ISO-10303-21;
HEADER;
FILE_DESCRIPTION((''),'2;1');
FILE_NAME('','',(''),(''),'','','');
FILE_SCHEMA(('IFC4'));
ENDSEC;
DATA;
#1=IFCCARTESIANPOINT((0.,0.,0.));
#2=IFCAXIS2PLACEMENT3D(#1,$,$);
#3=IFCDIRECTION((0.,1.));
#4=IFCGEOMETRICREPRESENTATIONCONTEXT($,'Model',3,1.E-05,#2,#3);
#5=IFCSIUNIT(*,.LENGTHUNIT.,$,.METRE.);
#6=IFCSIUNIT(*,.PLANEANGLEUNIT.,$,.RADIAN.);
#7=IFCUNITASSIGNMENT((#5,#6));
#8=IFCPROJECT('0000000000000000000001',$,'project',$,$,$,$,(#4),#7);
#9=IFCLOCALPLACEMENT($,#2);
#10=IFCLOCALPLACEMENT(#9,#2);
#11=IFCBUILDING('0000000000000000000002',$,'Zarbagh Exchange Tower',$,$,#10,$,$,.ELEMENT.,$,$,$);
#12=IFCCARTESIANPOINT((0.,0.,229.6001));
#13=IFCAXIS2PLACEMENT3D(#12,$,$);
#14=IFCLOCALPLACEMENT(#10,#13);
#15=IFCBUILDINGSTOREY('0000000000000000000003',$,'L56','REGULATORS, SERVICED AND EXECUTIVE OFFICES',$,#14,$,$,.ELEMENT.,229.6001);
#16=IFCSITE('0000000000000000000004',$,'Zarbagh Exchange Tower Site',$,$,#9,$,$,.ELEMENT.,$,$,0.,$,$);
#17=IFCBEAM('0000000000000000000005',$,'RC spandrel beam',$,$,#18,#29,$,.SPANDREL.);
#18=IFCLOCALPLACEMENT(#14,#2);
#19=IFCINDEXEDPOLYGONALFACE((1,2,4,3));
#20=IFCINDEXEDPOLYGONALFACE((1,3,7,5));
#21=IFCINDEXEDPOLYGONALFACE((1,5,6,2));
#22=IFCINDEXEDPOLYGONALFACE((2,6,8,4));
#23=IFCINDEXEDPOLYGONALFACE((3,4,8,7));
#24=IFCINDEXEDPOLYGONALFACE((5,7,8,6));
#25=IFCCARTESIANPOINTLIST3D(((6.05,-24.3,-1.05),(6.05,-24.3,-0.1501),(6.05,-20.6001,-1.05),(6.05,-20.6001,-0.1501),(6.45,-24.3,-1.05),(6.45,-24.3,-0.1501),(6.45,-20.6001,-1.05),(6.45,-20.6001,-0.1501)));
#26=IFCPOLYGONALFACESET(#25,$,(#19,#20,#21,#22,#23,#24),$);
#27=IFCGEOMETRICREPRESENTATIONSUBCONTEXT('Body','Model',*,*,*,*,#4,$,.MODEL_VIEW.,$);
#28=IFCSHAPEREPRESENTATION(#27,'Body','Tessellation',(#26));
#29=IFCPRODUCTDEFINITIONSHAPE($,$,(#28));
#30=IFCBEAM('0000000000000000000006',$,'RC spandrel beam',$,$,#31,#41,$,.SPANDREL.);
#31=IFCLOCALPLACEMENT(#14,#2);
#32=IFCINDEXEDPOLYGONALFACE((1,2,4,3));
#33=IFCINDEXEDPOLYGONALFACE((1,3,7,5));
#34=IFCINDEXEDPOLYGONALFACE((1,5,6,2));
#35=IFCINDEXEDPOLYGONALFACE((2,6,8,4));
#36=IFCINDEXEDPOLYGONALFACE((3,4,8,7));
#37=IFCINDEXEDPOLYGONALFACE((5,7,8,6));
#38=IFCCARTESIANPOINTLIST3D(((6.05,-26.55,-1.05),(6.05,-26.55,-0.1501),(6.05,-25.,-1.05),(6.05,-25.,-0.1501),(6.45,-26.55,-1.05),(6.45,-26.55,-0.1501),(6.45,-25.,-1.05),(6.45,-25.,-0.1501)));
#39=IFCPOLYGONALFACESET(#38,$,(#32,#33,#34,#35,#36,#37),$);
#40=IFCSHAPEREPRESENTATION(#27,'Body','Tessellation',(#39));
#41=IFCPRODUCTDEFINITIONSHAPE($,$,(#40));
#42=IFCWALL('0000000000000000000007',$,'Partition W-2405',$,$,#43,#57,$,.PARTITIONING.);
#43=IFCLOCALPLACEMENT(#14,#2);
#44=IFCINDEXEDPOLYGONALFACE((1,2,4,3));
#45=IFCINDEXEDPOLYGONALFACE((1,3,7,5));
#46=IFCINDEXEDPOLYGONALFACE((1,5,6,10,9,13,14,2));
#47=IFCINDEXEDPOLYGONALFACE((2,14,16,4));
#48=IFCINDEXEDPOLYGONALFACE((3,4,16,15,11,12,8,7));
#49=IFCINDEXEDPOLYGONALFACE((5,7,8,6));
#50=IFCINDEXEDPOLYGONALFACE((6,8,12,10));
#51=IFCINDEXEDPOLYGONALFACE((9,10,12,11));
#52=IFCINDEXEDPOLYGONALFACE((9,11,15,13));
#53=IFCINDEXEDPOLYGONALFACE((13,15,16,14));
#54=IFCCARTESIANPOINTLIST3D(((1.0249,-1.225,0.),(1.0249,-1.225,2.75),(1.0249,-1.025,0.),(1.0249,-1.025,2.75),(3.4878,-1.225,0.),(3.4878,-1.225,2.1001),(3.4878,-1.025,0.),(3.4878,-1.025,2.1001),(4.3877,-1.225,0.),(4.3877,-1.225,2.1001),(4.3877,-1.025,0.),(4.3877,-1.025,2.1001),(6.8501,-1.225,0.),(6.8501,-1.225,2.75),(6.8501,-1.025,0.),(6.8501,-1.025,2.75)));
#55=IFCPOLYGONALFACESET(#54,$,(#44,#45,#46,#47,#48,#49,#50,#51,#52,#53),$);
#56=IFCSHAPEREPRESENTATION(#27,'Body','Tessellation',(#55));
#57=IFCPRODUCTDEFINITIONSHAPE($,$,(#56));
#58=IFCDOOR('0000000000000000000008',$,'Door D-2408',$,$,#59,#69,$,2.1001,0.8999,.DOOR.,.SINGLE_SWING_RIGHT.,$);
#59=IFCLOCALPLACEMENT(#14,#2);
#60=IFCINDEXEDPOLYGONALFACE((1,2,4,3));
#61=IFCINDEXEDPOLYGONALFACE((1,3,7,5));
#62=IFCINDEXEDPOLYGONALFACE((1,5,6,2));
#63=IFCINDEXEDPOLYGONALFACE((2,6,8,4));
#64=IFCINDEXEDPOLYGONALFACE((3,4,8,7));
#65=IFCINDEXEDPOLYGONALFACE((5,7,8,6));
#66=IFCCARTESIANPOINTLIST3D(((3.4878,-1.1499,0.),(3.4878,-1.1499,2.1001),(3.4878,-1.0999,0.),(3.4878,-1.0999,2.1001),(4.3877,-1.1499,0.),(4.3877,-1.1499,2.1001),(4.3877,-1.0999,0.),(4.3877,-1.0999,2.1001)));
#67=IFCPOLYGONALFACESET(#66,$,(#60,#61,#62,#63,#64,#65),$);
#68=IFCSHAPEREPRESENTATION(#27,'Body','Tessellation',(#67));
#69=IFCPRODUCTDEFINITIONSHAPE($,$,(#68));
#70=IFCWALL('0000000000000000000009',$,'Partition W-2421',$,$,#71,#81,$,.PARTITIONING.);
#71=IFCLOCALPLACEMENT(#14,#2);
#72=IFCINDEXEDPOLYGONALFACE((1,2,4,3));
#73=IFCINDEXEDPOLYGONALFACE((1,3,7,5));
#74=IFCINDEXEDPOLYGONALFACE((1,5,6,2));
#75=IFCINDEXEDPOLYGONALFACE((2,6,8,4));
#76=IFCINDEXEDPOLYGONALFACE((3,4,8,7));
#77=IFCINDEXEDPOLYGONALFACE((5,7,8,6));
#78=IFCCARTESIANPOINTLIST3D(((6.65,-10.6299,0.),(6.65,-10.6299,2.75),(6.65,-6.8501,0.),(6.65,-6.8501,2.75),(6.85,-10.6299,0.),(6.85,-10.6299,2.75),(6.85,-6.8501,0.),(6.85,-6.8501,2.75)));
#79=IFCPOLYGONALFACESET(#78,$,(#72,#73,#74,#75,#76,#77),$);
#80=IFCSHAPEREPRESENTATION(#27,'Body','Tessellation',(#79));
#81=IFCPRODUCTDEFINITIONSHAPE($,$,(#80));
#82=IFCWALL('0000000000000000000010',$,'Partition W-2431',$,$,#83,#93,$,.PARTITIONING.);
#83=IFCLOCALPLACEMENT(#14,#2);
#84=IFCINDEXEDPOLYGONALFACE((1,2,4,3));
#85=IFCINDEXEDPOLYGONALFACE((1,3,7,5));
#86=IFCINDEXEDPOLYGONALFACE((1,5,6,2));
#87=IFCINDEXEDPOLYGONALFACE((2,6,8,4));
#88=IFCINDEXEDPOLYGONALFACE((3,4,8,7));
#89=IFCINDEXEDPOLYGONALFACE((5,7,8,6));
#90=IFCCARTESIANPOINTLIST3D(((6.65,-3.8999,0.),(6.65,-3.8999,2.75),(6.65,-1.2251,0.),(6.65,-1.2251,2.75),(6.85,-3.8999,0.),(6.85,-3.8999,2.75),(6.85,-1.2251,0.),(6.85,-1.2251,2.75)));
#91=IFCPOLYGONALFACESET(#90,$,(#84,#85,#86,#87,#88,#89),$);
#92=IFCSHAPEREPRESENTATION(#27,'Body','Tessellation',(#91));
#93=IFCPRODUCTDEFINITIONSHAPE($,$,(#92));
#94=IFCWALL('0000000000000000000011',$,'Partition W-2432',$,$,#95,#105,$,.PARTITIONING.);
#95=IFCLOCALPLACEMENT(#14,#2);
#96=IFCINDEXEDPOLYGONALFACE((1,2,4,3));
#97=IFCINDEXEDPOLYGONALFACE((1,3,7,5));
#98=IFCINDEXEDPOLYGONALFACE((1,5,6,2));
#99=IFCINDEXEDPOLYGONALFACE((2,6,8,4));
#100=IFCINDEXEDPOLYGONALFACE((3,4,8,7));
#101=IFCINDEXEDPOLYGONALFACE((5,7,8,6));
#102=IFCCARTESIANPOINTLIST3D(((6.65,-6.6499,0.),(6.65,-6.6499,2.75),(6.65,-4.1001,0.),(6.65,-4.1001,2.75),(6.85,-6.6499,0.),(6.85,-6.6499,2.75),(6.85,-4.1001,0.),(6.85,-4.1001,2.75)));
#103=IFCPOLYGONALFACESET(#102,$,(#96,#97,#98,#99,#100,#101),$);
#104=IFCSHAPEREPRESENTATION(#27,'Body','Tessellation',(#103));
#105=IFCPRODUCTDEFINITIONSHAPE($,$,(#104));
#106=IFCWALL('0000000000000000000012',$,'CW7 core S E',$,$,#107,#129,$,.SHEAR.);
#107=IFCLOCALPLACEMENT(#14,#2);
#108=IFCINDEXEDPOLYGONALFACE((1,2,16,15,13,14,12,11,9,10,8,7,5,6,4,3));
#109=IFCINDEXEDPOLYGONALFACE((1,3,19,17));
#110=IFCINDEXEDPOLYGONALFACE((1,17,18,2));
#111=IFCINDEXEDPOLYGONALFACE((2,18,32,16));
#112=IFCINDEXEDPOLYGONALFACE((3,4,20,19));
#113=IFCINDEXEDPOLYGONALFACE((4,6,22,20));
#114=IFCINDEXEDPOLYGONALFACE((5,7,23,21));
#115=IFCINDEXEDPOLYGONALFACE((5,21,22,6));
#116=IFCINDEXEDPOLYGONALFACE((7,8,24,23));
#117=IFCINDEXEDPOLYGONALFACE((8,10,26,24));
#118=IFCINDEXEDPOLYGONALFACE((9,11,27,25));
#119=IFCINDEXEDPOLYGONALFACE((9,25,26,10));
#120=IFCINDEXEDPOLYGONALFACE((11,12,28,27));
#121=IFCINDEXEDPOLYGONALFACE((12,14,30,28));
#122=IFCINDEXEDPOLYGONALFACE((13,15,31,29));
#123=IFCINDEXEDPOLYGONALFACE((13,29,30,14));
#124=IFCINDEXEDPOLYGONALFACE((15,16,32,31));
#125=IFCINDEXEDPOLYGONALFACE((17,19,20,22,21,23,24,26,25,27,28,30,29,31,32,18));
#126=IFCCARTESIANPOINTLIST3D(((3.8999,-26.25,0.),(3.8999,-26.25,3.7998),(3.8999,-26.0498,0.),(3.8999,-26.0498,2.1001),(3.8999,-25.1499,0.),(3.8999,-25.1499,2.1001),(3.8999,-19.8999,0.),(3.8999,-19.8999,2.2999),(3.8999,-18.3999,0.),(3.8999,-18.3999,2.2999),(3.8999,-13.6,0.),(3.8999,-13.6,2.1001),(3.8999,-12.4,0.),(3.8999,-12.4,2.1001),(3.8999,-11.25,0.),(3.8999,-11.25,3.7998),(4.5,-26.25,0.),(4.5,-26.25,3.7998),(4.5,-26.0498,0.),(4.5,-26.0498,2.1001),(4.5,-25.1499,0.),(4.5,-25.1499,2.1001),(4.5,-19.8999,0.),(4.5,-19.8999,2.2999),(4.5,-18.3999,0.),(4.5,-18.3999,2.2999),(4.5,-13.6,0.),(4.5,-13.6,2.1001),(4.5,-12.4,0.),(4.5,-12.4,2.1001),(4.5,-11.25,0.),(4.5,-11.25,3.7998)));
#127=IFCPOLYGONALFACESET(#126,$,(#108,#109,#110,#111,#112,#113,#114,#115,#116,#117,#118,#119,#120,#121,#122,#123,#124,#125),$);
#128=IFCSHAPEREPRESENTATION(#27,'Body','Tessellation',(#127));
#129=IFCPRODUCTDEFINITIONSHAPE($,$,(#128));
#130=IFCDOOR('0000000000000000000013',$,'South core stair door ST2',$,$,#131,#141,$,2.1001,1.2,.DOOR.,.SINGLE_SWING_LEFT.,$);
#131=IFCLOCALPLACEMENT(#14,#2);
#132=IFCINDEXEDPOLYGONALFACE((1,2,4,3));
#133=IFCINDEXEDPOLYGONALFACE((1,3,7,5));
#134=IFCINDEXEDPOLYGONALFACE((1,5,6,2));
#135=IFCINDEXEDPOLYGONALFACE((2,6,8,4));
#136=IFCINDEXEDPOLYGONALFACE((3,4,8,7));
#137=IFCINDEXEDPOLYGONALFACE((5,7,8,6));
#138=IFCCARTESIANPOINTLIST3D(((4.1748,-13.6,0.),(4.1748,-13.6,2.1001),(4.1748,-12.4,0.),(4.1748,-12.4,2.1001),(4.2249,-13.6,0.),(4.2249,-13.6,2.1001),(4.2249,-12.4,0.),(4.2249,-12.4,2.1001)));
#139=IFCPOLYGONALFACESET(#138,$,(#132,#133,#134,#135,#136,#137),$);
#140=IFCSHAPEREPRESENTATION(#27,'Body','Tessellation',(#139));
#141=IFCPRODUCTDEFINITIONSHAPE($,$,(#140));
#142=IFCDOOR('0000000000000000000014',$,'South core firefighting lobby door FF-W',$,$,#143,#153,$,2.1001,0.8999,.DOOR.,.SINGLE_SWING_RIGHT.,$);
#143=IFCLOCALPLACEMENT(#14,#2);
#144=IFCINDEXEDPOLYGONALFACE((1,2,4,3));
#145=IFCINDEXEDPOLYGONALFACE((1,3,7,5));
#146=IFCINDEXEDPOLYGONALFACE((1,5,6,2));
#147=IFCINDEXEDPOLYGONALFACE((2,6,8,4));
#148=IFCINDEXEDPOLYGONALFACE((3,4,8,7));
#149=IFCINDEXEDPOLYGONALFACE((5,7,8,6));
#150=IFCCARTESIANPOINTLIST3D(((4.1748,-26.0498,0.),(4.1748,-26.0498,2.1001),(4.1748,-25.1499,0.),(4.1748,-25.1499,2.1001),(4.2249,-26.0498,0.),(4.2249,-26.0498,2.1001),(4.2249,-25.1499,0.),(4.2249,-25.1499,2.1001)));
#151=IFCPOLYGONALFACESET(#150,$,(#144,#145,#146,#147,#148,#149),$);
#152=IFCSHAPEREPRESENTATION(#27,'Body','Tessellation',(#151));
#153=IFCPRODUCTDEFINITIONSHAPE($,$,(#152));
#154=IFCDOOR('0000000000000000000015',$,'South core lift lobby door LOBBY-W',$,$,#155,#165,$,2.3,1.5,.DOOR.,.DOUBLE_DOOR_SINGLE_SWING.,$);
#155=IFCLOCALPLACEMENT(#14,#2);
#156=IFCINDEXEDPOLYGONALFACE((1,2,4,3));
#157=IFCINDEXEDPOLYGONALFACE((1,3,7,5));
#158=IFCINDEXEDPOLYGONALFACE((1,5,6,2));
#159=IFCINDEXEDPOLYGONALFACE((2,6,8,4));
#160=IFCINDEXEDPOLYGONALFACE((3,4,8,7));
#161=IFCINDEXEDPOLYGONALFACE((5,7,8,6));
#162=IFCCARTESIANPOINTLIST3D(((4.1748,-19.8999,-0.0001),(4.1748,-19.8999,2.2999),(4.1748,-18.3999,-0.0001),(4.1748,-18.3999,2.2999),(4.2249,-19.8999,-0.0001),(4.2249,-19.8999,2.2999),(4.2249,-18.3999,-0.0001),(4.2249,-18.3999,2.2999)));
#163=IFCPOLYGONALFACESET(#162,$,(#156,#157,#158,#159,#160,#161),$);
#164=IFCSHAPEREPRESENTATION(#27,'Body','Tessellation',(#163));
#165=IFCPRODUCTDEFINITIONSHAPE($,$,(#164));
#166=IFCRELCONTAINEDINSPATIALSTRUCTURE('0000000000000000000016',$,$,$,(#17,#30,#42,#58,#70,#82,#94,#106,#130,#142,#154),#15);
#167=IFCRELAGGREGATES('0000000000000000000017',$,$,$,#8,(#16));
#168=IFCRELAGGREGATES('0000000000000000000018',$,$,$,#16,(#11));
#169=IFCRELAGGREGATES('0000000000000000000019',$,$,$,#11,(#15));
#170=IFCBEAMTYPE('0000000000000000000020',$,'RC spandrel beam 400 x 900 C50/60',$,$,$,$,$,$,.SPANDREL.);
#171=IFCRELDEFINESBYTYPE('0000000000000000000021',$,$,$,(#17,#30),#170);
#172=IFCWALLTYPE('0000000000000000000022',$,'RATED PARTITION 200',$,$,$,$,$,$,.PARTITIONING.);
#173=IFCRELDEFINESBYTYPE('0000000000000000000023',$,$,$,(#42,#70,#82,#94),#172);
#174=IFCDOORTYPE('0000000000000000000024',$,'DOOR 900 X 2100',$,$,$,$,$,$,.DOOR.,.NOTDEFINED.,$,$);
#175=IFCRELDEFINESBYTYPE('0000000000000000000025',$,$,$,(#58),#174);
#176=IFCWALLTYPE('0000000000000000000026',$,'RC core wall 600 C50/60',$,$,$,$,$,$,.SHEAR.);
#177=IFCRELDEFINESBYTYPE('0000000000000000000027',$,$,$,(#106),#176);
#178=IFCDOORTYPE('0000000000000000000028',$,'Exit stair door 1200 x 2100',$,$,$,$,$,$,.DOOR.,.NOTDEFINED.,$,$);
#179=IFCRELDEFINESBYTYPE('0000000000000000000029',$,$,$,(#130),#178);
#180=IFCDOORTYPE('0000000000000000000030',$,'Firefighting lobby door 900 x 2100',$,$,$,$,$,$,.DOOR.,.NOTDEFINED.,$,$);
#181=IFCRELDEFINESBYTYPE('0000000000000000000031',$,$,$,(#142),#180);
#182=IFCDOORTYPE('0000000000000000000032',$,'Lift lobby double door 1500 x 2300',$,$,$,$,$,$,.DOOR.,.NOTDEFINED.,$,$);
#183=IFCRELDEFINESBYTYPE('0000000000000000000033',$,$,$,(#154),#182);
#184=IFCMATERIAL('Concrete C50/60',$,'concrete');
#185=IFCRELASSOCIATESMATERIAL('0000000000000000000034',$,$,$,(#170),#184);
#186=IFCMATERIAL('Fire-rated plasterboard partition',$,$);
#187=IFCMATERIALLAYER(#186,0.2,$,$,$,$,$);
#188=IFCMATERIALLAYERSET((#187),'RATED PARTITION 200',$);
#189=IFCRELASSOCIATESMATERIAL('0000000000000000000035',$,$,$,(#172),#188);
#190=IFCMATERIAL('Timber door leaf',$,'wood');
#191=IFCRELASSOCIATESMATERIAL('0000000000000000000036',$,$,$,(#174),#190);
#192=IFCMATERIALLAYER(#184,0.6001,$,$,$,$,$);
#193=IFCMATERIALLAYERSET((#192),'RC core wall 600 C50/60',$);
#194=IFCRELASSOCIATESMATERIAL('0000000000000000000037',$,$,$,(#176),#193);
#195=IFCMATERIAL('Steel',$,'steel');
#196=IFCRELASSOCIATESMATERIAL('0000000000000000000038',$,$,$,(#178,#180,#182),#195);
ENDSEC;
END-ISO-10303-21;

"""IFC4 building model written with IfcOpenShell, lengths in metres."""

from ifc_helpers import new_model, si_unit, direction, frame, frame_2d, origin, origin_2d, place, context, subcontext, project, spatial, rectangle, extrude, material, layer, layer_set, material_profile, profile_set, type_object, element, fill, save


model = new_model("IFC4")

# Units and contexts
model_context = context("Model", 3, precision=1e-05, world=origin(), true_north=direction((0.0, 1.0)))
body_context = subcontext(model_context, "Body", "Model", "MODEL_VIEW")
ifc_project = project(units=[si_unit("LENGTHUNIT", "METRE"), si_unit("PLANEANGLEUNIT", "RADIAN")], contexts=[model_context])

# Site, building, storey
site_placement = place(None, origin())
site = spatial("IfcSite", under=ifc_project, at=site_placement, Name="Zarbagh Exchange Tower Site", CompositionType="ELEMENT", RefElevation=0.0)
building_placement = place(site_placement, origin())
building = spatial("IfcBuilding", under=site, at=building_placement, Name="Zarbagh Exchange Tower", CompositionType="ELEMENT")
storey_placement = place(building_placement, frame((0.0, 0.0, 229.6001)))
storey = spatial("IfcBuildingStorey", under=building, at=storey_placement, Name="L56", Description="REGULATORS, SERVICED AND EXECUTIVE OFFICES", CompositionType="ELEMENT", Elevation=229.6001)

# Shared definitions
ifc_material_1 = material(Name="Concrete C50/60", Category="concrete")

# Beams
ifc_material_profile_1 = material_profile(ifc_material_1, rectangle(XDim=0.3999, YDim=0.8999, at=origin_2d()), Name="RC spandrel beam 400 x 900 C50/60")
ifc_profile_set_1 = profile_set([ifc_material_profile_1], Name="Concrete C50/60")
beam_type_1 = type_object("IfcBeamType", Name="RC spandrel beam 400 x 900 C50/60", PredefinedType="SPANDREL", material=ifc_profile_set_1)
beam_1_placement = place(storey_placement, frame((6.25, -20.6001, -0.6001), z_axis=(0.0, -1.0, 0.0), x_axis=(1.0, 0.0, 0.0)))
element("IfcBeam", 1, at=beam_1_placement, inside=storey, type_object=beam_type_1, Name="RC spandrel beam", PredefinedType="SPANDREL", context=body_context, shape_type="SweptSolid", body=[
    extrude(rectangle(XDim=0.3999, YDim=0.8999, at=origin_2d()), origin(), (0.0, 0.0, 1.0), 3.7),
])
beam_2_placement = place(storey_placement, frame((6.25, -25.0, -0.6001), z_axis=(0.0, -1.0, 0.0), x_axis=(1.0, 0.0, 0.0)))
element("IfcBeam", 2, at=beam_2_placement, inside=storey, type_object=beam_type_1, Name="RC spandrel beam", PredefinedType="SPANDREL", context=body_context, shape_type="SweptSolid", body=[
    extrude(rectangle(XDim=0.3999, YDim=0.8999, at=origin_2d()), origin(), (0.0, 0.0, 1.0), 1.55),
])

# Wall, opening, door
ifc_material_2 = material(Name="Fire-rated plasterboard partition")
ifc_layer_1 = layer(ifc_material_2, 0.2)
ifc_layer_set_1 = layer_set([ifc_layer_1], Name="RATED PARTITION 200")
wall_type_1 = type_object("IfcWallType", Name="RATED PARTITION 200", PredefinedType="PARTITIONING", material=ifc_layer_set_1)
wall_1_placement = place(storey_placement, frame((6.8501, -1.125, 0.0), z_axis=(0.0, 0.0, 1.0), x_axis=(-1.0, 0.0, 0.0)))
wall_1 = element("IfcWall", 3, at=wall_1_placement, inside=storey, type_object=wall_type_1, Name="Partition W-2405", PredefinedType="PARTITIONING", context=body_context, shape_type="SweptSolid", body=[
    extrude(rectangle(XDim=5.8252, YDim=0.2, at=frame_2d((2.9126, 0.0))), origin(), (0.0, 0.0, 1.0), 2.75),
])
opening_1_placement = place(wall_1_placement, frame((2.4624, 0.0, 0.0)))
opening_1 = element("IfcOpeningElement", 4, at=opening_1_placement, cuts=wall_1, PredefinedType="OPENING", context=body_context, shape_type="SweptSolid", body=[
    extrude(rectangle(XDim=0.8999, YDim=2.1001, at=frame_2d((0.45, 1.05))), frame((0.0, 0.1099, 0.0), z_axis=(0.0, -1.0, 0.0), x_axis=(1.0, 0.0, 0.0)), (0.0, 0.0, 1.0), 0.22),
])
ifc_material_3 = material(Name="Timber door leaf", Category="wood")
door_type_1 = type_object("IfcDoorType", Name="DOOR 900 X 2100", OperationType="NOTDEFINED", PredefinedType="DOOR", material=ifc_material_3)
door_1_placement = place(opening_1_placement, origin())
door_1 = element("IfcDoor", 5, at=door_1_placement, inside=storey, type_object=door_type_1, Name="Door D-2408", OperationType="SINGLE_SWING_RIGHT", OverallHeight=2.1001, OverallWidth=0.8999, PredefinedType="DOOR", context=body_context, shape_type="SweptSolid", body=[
    extrude(rectangle(XDim=0.8999, YDim=2.1001, at=frame_2d((0.45, 1.05))), frame((0.0, 0.0249, 0.0), z_axis=(0.0, -1.0, 0.0), x_axis=(1.0, 0.0, 0.0)), (0.0, 0.0, 1.0), 0.05),
])
fill(opening_1, door_1)

# Walls
wall_2_placement = place(storey_placement, frame((6.75, -10.6299, 0.0), z_axis=(0.0, 0.0, 1.0), x_axis=(0.0, 1.0, 0.0)))
element("IfcWall", 6, at=wall_2_placement, inside=storey, type_object=wall_type_1, Name="Partition W-2421", PredefinedType="PARTITIONING", context=body_context, shape_type="SweptSolid", body=[
    extrude(rectangle(XDim=3.7798, YDim=0.2, at=frame_2d((1.8899, 0.0))), origin(), (0.0, 0.0, 1.0), 2.75),
])
wall_3_placement = place(storey_placement, frame((6.75, -3.8999, 0.0), z_axis=(0.0, 0.0, 1.0), x_axis=(0.0, 1.0, 0.0)))
element("IfcWall", 7, at=wall_3_placement, inside=storey, type_object=wall_type_1, Name="Partition W-2431", PredefinedType="PARTITIONING", context=body_context, shape_type="SweptSolid", body=[
    extrude(rectangle(XDim=2.6748, YDim=0.2, at=frame_2d((1.3374, 0.0))), origin(), (0.0, 0.0, 1.0), 2.75),
])
wall_4_placement = place(storey_placement, frame((6.75, -6.6499, 0.0), z_axis=(0.0, 0.0, 1.0), x_axis=(0.0, 1.0, 0.0)))
element("IfcWall", 8, at=wall_4_placement, inside=storey, type_object=wall_type_1, Name="Partition W-2432", PredefinedType="PARTITIONING", context=body_context, shape_type="SweptSolid", body=[
    extrude(rectangle(XDim=2.5498, YDim=0.2, at=frame_2d((1.2749, 0.0))), origin(), (0.0, 0.0, 1.0), 2.75),
])

# Wall, openings, doors
ifc_layer_2 = layer(ifc_material_1, 0.6001)
ifc_layer_set_2 = layer_set([ifc_layer_2], Name="RC core wall 600 C50/60")
wall_type_2 = type_object("IfcWallType", Name="RC core wall 600 C50/60", PredefinedType="SHEAR", material=ifc_layer_set_2)
wall_5_placement = place(storey_placement, frame((4.2, -11.25, 0.0), z_axis=(0.0, 0.0, 1.0), x_axis=(0.0, -1.0, 0.0)))
wall_5 = element("IfcWall", 9, at=wall_5_placement, inside=storey, type_object=wall_type_2, Name="CW7 core S E", PredefinedType="SHEAR", context=body_context, shape_type="SweptSolid", body=[
    extrude(rectangle(XDim=15.0, YDim=0.6001, at=frame_2d((7.5, 0.0))), origin(), (0.0, 0.0, 1.0), 3.7998),
])
opening_2_placement = place(wall_5_placement, frame((7.1499, 0.0, 0.0)))
opening_2 = element("IfcOpeningElement", 10, at=opening_2_placement, cuts=wall_5, PredefinedType="OPENING", context=body_context, shape_type="SweptSolid", body=[
    extrude(rectangle(XDim=1.5, YDim=2.3, at=frame_2d((0.75, 1.1499))), frame((0.0, 0.3101, 0.0), z_axis=(0.0, -1.0, 0.0), x_axis=(1.0, 0.0, 0.0)), (0.0, 0.0, 1.0), 0.6201),
])
opening_3_placement = place(wall_5_placement, frame((13.8999, 0.0, 0.0)))
opening_3 = element("IfcOpeningElement", 11, at=opening_3_placement, cuts=wall_5, PredefinedType="OPENING", context=body_context, shape_type="SweptSolid", body=[
    extrude(rectangle(XDim=0.8999, YDim=2.1001, at=frame_2d((0.45, 1.05))), frame((0.0, 0.3101, 0.0), z_axis=(0.0, -1.0, 0.0), x_axis=(1.0, 0.0, 0.0)), (0.0, 0.0, 1.0), 0.6201),
])
opening_4_placement = place(wall_5_placement, frame((1.1499, 0.0, 0.0)))
opening_4 = element("IfcOpeningElement", 12, at=opening_4_placement, cuts=wall_5, PredefinedType="OPENING", context=body_context, shape_type="SweptSolid", body=[
    extrude(rectangle(XDim=1.2, YDim=2.1001, at=frame_2d((0.6001, 1.05))), frame((0.0, 0.3101, 0.0), z_axis=(0.0, -1.0, 0.0), x_axis=(1.0, 0.0, 0.0)), (0.0, 0.0, 1.0), 0.6201),
])
ifc_material_4 = material(Name="Steel", Category="steel")
door_type_2 = type_object("IfcDoorType", Name="Exit stair door 1200 x 2100", OperationType="NOTDEFINED", PredefinedType="DOOR", material=ifc_material_4)
door_2_placement = place(opening_4_placement, origin())
door_2 = element("IfcDoor", 13, at=door_2_placement, inside=storey, type_object=door_type_2, Name="South core stair door ST2", OperationType="SINGLE_SWING_LEFT", OverallHeight=2.1001, OverallWidth=1.2, PredefinedType="DOOR", context=body_context, shape_type="SweptSolid", body=[
    extrude(rectangle(XDim=1.2, YDim=2.1001, at=frame_2d((0.6001, 1.05))), frame((0.0, 0.0249, 0.0), z_axis=(0.0, -1.0, 0.0), x_axis=(1.0, 0.0, 0.0)), (0.0, 0.0, 1.0), 0.05),
])
fill(opening_4, door_2)
door_type_3 = type_object("IfcDoorType", Name="Firefighting lobby door 900 x 2100", OperationType="NOTDEFINED", PredefinedType="DOOR", material=ifc_material_4)
door_3_placement = place(opening_3_placement, origin())
door_3 = element("IfcDoor", 14, at=door_3_placement, inside=storey, type_object=door_type_3, Name="South core firefighting lobby door FF-W", OperationType="SINGLE_SWING_RIGHT", OverallHeight=2.1001, OverallWidth=0.8999, PredefinedType="DOOR", context=body_context, shape_type="SweptSolid", body=[
    extrude(rectangle(XDim=0.8999, YDim=2.1001, at=frame_2d((0.45, 1.05))), frame((0.0, 0.0249, 0.0), z_axis=(0.0, -1.0, 0.0), x_axis=(1.0, 0.0, 0.0)), (0.0, 0.0, 1.0), 0.05),
])
fill(opening_3, door_3)
door_type_4 = type_object("IfcDoorType", Name="Lift lobby double door 1500 x 2300", OperationType="NOTDEFINED", PredefinedType="DOOR", material=ifc_material_4)
door_4_placement = place(opening_2_placement, origin())
door_4 = element("IfcDoor", 15, at=door_4_placement, inside=storey, type_object=door_type_4, Name="South core lift lobby door LOBBY-W", OperationType="DOUBLE_DOOR_SINGLE_SWING", OverallHeight=2.3, OverallWidth=1.5, PredefinedType="DOOR", context=body_context, shape_type="SweptSolid", body=[
    extrude(rectangle(XDim=1.5, YDim=2.3, at=frame_2d((0.75, 1.1499))), frame((0.0, 0.0249, 0.0), z_axis=(0.0, -1.0, 0.0), x_axis=(1.0, 0.0, 0.0)), (0.0, 0.0, 1.0), 0.05),
])
fill(opening_2, door_4)

save(model, "model.ifc")
